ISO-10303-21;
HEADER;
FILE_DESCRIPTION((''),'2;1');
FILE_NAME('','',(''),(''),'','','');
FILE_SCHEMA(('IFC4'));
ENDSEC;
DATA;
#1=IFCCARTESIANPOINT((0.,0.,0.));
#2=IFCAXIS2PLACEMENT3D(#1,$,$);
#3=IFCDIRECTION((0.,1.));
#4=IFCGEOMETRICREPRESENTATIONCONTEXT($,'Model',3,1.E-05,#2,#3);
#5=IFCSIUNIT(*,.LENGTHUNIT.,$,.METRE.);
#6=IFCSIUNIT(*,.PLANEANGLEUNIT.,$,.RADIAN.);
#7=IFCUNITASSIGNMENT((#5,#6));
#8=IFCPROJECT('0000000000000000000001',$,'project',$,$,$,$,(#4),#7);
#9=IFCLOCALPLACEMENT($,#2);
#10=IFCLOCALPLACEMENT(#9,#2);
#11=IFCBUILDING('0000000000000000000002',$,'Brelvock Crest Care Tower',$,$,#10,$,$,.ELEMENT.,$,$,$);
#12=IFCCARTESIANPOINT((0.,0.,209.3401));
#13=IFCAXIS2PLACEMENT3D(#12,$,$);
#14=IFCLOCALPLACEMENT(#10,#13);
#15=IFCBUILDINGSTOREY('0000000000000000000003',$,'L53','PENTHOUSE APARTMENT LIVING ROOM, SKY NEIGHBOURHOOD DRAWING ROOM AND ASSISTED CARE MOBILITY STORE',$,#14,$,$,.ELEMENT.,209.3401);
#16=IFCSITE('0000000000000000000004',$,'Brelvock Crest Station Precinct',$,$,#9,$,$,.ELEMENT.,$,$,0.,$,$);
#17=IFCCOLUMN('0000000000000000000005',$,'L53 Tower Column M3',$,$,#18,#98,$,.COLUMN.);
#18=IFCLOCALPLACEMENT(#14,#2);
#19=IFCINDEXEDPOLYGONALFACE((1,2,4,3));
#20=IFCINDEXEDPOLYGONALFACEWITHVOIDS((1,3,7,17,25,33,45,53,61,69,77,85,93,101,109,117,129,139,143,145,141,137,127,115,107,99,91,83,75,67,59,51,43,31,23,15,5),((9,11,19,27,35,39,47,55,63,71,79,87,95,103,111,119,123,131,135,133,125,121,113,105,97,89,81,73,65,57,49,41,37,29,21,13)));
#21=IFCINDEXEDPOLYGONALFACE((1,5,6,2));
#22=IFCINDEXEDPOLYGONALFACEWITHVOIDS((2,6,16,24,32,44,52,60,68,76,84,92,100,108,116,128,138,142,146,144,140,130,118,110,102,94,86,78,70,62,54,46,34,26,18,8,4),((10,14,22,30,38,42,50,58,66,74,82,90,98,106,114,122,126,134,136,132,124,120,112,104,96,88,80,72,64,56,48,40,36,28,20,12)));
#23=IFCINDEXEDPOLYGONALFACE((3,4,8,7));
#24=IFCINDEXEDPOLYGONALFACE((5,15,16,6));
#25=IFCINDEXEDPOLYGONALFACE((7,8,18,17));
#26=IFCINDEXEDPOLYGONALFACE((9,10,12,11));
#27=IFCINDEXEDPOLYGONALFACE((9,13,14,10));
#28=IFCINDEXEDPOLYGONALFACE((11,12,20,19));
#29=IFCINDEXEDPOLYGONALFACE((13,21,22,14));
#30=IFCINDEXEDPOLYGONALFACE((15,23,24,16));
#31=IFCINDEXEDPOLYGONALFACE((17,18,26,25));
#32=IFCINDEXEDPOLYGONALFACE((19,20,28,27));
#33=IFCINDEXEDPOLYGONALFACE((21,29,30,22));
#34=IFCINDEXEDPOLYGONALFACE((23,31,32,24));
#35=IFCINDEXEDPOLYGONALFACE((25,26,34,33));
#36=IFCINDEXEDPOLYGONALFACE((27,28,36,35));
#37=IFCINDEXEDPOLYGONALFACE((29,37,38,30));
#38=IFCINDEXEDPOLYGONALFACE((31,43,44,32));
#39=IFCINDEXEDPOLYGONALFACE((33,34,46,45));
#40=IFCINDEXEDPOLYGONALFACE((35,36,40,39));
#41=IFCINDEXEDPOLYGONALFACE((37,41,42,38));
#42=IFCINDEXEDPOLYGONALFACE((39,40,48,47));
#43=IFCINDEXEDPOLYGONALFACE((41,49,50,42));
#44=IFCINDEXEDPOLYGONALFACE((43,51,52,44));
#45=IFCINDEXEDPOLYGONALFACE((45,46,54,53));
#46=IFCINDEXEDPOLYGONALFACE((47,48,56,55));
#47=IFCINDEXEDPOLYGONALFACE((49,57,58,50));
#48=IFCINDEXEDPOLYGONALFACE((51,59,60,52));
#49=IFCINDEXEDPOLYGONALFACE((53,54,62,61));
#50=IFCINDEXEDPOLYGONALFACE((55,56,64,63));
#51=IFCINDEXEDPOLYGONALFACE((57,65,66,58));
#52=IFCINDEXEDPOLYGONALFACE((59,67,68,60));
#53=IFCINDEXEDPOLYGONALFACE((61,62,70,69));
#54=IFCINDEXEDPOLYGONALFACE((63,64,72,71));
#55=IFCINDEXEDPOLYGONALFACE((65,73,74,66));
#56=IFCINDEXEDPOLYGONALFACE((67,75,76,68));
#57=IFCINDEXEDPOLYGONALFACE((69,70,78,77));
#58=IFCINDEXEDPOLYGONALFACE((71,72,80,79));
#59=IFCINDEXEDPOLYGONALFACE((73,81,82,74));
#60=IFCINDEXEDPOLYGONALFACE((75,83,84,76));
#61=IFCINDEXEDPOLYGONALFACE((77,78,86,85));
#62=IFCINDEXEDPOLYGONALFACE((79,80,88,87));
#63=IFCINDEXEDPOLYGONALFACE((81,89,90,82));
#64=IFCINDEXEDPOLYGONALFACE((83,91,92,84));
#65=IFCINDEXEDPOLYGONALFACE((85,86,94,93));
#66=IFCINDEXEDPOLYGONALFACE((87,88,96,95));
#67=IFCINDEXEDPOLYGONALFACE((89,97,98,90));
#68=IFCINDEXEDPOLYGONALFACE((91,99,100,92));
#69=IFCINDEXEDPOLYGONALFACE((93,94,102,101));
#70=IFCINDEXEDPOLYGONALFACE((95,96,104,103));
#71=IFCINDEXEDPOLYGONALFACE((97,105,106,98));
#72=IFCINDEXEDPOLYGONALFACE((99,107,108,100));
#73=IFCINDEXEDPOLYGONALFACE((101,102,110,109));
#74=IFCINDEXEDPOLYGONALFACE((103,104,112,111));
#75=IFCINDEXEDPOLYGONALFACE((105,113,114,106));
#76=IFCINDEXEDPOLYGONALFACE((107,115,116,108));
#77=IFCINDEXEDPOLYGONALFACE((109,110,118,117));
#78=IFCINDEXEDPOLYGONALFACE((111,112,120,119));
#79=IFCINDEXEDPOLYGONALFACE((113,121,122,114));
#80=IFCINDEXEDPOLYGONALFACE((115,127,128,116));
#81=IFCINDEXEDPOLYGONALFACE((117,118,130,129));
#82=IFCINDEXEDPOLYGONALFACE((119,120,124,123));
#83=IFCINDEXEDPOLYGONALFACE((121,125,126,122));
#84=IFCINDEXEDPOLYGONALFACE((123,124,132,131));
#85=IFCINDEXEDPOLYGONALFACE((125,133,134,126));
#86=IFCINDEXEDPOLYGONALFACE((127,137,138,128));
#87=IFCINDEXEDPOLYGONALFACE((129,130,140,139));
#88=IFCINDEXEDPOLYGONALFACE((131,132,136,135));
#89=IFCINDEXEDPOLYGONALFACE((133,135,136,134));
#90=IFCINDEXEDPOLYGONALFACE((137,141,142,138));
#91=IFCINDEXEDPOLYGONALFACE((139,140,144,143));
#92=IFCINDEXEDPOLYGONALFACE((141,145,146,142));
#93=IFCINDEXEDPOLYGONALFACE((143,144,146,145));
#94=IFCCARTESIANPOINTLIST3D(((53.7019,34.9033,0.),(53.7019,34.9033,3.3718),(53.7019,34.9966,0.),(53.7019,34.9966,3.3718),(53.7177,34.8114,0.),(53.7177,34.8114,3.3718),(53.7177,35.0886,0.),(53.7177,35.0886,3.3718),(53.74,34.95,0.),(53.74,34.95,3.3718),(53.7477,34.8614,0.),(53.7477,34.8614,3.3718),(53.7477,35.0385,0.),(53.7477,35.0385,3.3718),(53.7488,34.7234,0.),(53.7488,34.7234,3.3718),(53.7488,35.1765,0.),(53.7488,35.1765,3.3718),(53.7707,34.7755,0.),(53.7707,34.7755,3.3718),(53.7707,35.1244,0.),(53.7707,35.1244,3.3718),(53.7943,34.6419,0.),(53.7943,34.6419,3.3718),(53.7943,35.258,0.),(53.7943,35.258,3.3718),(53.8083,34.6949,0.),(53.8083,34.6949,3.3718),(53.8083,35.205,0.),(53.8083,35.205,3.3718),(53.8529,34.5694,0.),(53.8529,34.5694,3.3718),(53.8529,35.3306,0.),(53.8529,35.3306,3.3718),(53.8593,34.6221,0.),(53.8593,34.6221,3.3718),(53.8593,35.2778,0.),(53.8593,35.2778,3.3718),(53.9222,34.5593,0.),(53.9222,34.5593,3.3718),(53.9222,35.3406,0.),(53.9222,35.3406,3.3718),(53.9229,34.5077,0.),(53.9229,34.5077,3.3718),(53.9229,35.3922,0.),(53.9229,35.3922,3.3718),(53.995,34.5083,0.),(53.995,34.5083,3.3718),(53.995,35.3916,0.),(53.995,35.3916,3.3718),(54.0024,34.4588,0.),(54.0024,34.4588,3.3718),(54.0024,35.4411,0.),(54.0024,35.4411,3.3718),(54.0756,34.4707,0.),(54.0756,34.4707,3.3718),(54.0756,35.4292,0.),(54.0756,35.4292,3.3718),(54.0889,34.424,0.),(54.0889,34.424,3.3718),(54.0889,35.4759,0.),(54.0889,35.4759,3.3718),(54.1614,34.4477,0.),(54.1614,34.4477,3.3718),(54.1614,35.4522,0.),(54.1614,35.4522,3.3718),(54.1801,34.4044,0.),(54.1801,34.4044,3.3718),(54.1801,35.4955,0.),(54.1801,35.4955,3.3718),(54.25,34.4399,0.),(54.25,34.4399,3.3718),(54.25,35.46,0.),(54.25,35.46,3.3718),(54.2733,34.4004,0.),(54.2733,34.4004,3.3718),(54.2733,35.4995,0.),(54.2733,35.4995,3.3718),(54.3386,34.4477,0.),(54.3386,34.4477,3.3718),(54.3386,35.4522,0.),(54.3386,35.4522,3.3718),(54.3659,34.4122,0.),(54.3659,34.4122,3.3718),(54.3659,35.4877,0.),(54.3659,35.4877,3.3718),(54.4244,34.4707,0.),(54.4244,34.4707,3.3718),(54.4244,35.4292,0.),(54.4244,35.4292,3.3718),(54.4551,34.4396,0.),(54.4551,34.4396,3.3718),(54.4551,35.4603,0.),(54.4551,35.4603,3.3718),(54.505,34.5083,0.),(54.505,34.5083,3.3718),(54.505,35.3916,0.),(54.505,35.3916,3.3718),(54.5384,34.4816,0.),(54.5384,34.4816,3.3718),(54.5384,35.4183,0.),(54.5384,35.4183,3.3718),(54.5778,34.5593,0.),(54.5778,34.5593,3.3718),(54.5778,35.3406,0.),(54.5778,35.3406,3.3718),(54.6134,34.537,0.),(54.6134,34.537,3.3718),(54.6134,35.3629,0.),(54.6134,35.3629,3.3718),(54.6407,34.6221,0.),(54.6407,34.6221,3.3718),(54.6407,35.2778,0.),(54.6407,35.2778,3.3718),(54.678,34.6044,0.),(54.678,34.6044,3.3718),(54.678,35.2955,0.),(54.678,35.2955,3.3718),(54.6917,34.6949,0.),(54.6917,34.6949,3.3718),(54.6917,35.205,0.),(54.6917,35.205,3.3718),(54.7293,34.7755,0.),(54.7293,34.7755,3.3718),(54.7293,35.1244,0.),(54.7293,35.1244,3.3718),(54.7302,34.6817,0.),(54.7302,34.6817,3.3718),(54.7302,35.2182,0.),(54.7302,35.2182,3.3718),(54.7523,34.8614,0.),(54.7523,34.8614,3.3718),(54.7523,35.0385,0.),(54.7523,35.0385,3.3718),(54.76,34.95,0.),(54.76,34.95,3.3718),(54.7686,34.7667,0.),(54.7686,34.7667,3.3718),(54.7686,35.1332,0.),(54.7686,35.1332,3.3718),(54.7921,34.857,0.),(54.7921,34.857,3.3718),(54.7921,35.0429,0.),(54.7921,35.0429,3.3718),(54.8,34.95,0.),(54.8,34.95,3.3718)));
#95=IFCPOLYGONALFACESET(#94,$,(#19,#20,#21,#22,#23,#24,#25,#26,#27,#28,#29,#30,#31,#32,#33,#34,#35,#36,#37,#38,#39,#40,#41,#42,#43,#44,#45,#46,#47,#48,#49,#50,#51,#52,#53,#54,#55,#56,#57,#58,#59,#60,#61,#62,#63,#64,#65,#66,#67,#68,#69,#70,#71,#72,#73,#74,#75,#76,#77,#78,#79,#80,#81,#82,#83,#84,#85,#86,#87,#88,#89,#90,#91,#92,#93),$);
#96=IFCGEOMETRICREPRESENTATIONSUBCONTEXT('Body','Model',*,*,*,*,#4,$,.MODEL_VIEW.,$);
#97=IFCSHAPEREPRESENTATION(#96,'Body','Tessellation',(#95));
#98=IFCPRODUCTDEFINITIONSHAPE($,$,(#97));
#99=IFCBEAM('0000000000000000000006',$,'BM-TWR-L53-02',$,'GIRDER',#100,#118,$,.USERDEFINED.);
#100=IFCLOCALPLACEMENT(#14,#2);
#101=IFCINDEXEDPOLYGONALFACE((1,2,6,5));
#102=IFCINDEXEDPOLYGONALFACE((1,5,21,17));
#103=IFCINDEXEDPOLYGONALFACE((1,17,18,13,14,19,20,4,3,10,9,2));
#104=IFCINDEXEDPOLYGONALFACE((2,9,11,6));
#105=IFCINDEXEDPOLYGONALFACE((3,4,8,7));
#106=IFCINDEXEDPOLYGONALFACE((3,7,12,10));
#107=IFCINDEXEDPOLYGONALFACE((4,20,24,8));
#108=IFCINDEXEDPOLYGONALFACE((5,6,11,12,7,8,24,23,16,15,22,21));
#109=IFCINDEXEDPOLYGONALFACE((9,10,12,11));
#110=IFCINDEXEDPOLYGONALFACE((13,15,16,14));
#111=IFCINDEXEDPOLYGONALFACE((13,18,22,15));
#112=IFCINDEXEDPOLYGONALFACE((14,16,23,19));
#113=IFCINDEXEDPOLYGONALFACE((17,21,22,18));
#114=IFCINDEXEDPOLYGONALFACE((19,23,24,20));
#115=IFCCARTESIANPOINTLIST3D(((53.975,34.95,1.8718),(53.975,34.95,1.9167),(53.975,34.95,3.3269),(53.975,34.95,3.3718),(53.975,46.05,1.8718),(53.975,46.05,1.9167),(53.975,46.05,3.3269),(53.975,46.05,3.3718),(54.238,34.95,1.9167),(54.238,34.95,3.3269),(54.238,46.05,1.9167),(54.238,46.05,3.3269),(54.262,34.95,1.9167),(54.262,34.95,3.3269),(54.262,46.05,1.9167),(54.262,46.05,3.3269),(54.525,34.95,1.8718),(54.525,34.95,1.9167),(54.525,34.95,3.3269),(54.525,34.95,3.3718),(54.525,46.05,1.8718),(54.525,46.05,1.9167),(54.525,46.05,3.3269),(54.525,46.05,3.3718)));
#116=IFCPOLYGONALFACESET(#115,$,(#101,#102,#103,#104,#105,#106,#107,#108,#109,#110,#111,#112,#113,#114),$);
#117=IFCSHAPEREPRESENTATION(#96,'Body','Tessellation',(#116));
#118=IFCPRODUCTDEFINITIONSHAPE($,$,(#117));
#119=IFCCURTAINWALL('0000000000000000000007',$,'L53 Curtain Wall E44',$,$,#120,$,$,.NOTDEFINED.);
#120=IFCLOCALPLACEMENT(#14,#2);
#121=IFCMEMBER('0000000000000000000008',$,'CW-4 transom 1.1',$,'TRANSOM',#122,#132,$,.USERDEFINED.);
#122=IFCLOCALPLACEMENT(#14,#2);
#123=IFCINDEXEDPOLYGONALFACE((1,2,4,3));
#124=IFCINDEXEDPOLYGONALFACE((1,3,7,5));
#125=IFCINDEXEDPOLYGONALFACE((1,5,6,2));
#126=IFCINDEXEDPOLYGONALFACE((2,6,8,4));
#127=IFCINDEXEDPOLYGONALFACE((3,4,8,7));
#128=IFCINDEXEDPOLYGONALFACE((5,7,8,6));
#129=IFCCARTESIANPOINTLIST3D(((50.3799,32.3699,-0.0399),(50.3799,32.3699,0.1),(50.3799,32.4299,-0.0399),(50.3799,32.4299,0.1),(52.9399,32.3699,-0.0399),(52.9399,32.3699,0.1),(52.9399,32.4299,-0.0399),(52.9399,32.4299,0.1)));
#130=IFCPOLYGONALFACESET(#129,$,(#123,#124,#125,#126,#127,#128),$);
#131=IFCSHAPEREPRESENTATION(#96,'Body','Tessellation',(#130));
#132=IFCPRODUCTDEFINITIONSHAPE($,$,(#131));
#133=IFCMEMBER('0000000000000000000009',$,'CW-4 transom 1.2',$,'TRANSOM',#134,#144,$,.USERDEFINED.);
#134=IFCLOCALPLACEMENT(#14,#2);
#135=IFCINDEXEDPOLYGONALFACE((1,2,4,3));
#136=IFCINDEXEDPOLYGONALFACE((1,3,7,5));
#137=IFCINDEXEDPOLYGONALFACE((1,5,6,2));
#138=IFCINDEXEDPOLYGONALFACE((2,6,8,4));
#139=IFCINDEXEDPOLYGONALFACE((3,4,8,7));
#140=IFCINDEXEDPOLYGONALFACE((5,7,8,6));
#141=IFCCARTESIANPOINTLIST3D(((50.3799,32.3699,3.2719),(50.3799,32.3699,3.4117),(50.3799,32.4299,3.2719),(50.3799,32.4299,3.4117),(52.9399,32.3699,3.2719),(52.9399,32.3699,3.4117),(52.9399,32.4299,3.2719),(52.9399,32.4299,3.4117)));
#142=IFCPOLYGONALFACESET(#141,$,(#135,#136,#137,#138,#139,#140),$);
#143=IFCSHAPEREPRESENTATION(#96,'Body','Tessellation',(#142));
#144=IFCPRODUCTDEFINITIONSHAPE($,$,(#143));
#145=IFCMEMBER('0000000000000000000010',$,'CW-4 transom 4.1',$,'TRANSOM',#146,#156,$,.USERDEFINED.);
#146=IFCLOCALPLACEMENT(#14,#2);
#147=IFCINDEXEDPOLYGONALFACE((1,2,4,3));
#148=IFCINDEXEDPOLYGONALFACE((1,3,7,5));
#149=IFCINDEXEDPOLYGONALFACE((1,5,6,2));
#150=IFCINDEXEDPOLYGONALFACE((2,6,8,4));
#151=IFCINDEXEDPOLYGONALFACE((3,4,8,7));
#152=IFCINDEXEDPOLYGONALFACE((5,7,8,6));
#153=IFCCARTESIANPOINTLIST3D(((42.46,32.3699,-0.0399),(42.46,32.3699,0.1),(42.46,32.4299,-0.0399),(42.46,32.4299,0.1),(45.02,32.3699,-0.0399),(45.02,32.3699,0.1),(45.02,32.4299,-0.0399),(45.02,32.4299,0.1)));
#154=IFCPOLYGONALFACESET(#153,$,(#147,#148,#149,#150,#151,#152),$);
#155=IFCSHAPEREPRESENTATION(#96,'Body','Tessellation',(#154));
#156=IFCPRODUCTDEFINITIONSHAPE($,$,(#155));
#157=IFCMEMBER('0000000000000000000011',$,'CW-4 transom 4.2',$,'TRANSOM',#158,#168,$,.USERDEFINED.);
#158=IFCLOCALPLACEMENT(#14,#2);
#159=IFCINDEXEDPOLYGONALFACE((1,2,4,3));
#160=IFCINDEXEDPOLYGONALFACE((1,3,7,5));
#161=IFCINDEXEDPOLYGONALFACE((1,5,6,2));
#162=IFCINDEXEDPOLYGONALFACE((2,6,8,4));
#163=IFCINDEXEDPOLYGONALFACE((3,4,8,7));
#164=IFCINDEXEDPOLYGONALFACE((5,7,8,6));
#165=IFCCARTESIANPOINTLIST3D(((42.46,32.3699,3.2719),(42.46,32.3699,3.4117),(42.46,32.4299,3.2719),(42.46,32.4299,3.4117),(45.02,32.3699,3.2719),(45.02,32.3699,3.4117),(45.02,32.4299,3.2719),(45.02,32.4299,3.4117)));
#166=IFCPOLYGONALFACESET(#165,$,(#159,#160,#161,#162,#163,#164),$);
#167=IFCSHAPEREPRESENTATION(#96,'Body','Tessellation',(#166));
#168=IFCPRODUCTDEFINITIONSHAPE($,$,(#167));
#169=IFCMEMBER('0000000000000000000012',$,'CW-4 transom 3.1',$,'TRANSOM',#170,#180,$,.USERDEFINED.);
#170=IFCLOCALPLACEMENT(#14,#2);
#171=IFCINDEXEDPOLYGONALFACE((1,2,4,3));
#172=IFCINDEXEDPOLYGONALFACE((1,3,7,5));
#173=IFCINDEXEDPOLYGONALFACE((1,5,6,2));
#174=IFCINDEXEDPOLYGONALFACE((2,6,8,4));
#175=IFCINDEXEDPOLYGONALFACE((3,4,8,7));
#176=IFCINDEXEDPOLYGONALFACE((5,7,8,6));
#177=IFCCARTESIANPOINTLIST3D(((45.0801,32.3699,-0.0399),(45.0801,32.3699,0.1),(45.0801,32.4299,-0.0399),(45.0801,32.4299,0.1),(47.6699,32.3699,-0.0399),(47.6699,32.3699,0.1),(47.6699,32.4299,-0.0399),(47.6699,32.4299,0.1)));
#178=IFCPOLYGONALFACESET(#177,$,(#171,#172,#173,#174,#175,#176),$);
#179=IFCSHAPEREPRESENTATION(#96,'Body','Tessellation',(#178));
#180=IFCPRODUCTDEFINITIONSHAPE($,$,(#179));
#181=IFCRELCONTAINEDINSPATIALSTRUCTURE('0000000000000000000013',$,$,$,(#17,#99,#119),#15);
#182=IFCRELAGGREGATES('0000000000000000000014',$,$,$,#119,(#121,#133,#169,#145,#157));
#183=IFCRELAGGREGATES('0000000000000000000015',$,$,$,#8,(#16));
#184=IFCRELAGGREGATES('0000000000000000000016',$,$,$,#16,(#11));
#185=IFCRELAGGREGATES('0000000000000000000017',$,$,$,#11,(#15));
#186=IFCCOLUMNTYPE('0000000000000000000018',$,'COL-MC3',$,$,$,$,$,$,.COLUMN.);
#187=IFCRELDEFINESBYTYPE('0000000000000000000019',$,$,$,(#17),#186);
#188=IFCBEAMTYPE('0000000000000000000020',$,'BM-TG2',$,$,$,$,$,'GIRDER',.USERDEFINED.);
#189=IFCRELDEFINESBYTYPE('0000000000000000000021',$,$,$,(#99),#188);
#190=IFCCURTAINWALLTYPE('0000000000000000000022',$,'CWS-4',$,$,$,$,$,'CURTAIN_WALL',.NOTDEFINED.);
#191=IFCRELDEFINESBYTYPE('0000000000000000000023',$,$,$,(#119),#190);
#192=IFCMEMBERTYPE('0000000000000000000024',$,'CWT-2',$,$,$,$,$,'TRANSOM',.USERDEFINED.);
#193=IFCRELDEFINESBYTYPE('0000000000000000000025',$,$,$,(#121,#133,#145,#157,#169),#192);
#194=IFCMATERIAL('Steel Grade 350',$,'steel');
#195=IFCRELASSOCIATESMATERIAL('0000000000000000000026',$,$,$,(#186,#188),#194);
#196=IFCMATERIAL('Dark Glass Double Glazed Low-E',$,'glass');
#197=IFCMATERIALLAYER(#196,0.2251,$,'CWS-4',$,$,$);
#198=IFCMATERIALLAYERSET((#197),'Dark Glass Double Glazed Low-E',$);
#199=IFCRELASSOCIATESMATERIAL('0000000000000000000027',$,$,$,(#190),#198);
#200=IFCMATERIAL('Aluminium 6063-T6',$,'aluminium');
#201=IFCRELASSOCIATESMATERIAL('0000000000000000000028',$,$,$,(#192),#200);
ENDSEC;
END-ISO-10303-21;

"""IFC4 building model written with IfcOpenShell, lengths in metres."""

from ifc_helpers import new_model, si_unit, direction, frame, origin, origin_2d, place, context, subcontext, project, spatial, rectangle, hollow_circle, i_section, extrude, source, transform, mapped, material, layer, layer_set, material_profile, profile_set, type_object, element, aggregate, save


model = new_model("IFC4")

# Units and contexts
model_context = context("Model", 3, precision=1e-05, world=origin(), true_north=direction((0.0, 1.0)))
body_context = subcontext(model_context, "Body", "Model", "MODEL_VIEW")
ifc_project = project(units=[si_unit("LENGTHUNIT", "METRE"), si_unit("PLANEANGLEUNIT", "RADIAN")], contexts=[model_context])

# Site, building, storey
site_placement = place(None, origin())
site = spatial("IfcSite", under=ifc_project, at=site_placement, Name="Brelvock Crest Station Precinct", CompositionType="ELEMENT", RefElevation=0.0)
building_placement = place(site_placement, origin())
building = spatial("IfcBuilding", under=site, at=building_placement, Name="Brelvock Crest Care Tower", CompositionType="ELEMENT")
storey_placement = place(building_placement, frame((0.0, 0.0, 209.3401)))
storey = spatial("IfcBuildingStorey", under=building, at=storey_placement, Name="L53", Description="PENTHOUSE APARTMENT LIVING ROOM, SKY NEIGHBOURHOOD DRAWING ROOM AND ASSISTED CARE MOBILITY STORE", CompositionType="ELEMENT", Elevation=209.3401)

# Column
ifc_material_1 = material(Name="Steel Grade 350", Category="steel")
ifc_material_profile_1 = material_profile(ifc_material_1, hollow_circle(Radius=0.55, WallThickness=0.04, at=origin_2d()), Name="CFT1100x40")
ifc_profile_set_1 = profile_set([ifc_material_profile_1], Name="Steel Grade 350")
column_type = type_object("IfcColumnType", Name="COL-MC3", PredefinedType="COLUMN", material=ifc_profile_set_1)
shared_shape_1 = source(origin(), body_context, "Body", "SweptSolid", [
    extrude(hollow_circle(Radius=0.55, WallThickness=0.04, at=origin_2d()), origin(), (0.0, 0.0, 1.0), 3.3718),
])
column_placement = place(storey_placement, frame((54.25, 34.95, 0.0), z_axis=(0.0, 0.0, 1.0), x_axis=(1.0, 0.0, 0.0)))
element("IfcColumn", 1, at=column_placement, inside=storey, type_object=column_type, Name="L53 Tower Column M3", PredefinedType="COLUMN", context=body_context, shape_type="MappedRepresentation", body=[
    mapped(shared_shape_1, transform((0.0, 0.0, 0.0), x_axis=(1.0, 0.0, 0.0), y_axis=(0.0, 1.0, 0.0), z_axis=(0.0, 0.0, 1.0), scale=1.0)),
])

# Beam
ifc_material_profile_2 = material_profile(ifc_material_1, i_section(OverallWidth=0.55, OverallDepth=1.5, WebThickness=0.0239, FlangeThickness=0.0449, at=origin_2d()), Name="1500TG580")
ifc_profile_set_2 = profile_set([ifc_material_profile_2], Name="Steel Grade 350")
beam_type = type_object("IfcBeamType", Name="BM-TG2", ElementType="GIRDER", PredefinedType="USERDEFINED", material=ifc_profile_set_2)
shared_shape_2 = source(origin(), body_context, "Body", "SweptSolid", [
    extrude(i_section(OverallWidth=0.55, OverallDepth=1.5, WebThickness=0.0239, FlangeThickness=0.0449, at=origin_2d()), origin(), (0.0, 0.0, 1.0), 11.1001),
])
beam_placement = place(storey_placement, frame((54.25, 34.95, 2.6218), z_axis=(0.0, 1.0, 0.0), x_axis=(-1.0, 0.0, 0.0)))
element("IfcBeam", 2, at=beam_placement, inside=storey, type_object=beam_type, Name="BM-TWR-L53-02", ObjectType="GIRDER", PredefinedType="USERDEFINED", context=body_context, shape_type="MappedRepresentation", body=[
    mapped(shared_shape_2, transform((0.0, 0.0, 0.0), x_axis=(1.0, 0.0, 0.0), y_axis=(0.0, 1.0, 0.0), z_axis=(0.0, 0.0, 1.0), scale=1.0)),
])

# Curtain wall, members
ifc_material_2 = material(Name="Dark Glass Double Glazed Low-E", Category="glass")
ifc_layer_1 = layer(ifc_material_2, 0.2251, Name="CWS-4")
ifc_layer_set_1 = layer_set([ifc_layer_1], Name="Dark Glass Double Glazed Low-E")
curtain_wall_type = type_object("IfcCurtainWallType", Name="CWS-4", ElementType="CURTAIN_WALL", PredefinedType="NOTDEFINED", material=ifc_layer_set_1)
curtain_wall_1_placement = place(storey_placement, origin())
curtain_wall_1 = element("IfcCurtainWall", 3, at=curtain_wall_1_placement, inside=storey, type_object=curtain_wall_type, Name="L53 Curtain Wall E44", PredefinedType="NOTDEFINED")
ifc_material_3 = material(Name="Aluminium 6063-T6", Category="aluminium")
ifc_material_profile_3 = material_profile(ifc_material_3, rectangle(XDim=0.0601, YDim=0.1399, at=origin_2d()), Name="ALU60x140")
ifc_profile_set_3 = profile_set([ifc_material_profile_3], Name="Aluminium 6063-T6")
member_type_1 = type_object("IfcMemberType", Name="CWT-2", ElementType="TRANSOM", PredefinedType="USERDEFINED", material=ifc_profile_set_3)
shared_shape_3 = source(origin(), body_context, "Body", "SweptSolid", [
    extrude(rectangle(XDim=0.0601, YDim=0.1399, at=origin_2d()), origin(), (0.0, 0.0, 1.0), 2.5601),
])
member_1_placement = place(storey_placement, frame((52.9399, 32.3999, 0.03), z_axis=(-1.0, 0.0, 0.0), x_axis=(0.0, -1.0, 0.0)))
member_1 = element("IfcMember", 4, at=member_1_placement, type_object=member_type_1, Name="CW-4 transom 1.1", ObjectType="TRANSOM", PredefinedType="USERDEFINED", context=body_context, shape_type="MappedRepresentation", body=[
    mapped(shared_shape_3, transform((0.0, 0.0, 0.0), x_axis=(1.0, 0.0, 0.0), y_axis=(0.0, 1.0, 0.0), z_axis=(0.0, 0.0, 1.0), scale=1.0)),
])
member_2_placement = place(storey_placement, frame((52.9399, 32.3999, 3.3418), z_axis=(-1.0, 0.0, 0.0), x_axis=(0.0, -1.0, 0.0)))
member_2 = element("IfcMember", 5, at=member_2_placement, type_object=member_type_1, Name="CW-4 transom 1.2", ObjectType="TRANSOM", PredefinedType="USERDEFINED", context=body_context, shape_type="MappedRepresentation", body=[
    mapped(shared_shape_3, transform((0.0, 0.0, 0.0), x_axis=(1.0, 0.0, 0.0), y_axis=(0.0, 1.0, 0.0), z_axis=(0.0, 0.0, 1.0), scale=1.0)),
])
member_3_placement = place(storey_placement, frame((45.02, 32.3999, 0.03), z_axis=(-1.0, 0.0, 0.0), x_axis=(0.0, -1.0, 0.0)))
member_3 = element("IfcMember", 6, at=member_3_placement, type_object=member_type_1, Name="CW-4 transom 4.1", ObjectType="TRANSOM", PredefinedType="USERDEFINED", context=body_context, shape_type="MappedRepresentation", body=[
    mapped(shared_shape_3, transform((0.0, 0.0, 0.0), x_axis=(1.0, 0.0, 0.0), y_axis=(0.0, 1.0, 0.0), z_axis=(0.0, 0.0, 1.0), scale=1.0)),
])
member_4_placement = place(storey_placement, frame((45.02, 32.3999, 3.3418), z_axis=(-1.0, 0.0, 0.0), x_axis=(0.0, -1.0, 0.0)))
member_4 = element("IfcMember", 7, at=member_4_placement, type_object=member_type_1, Name="CW-4 transom 4.2", ObjectType="TRANSOM", PredefinedType="USERDEFINED", context=body_context, shape_type="MappedRepresentation", body=[
    mapped(shared_shape_3, transform((0.0, 0.0, 0.0), x_axis=(1.0, 0.0, 0.0), y_axis=(0.0, 1.0, 0.0), z_axis=(0.0, 0.0, 1.0), scale=1.0)),
])
shared_shape_4 = source(origin(), body_context, "Body", "SweptSolid", [
    extrude(rectangle(XDim=0.0601, YDim=0.1399, at=origin_2d()), origin(), (0.0, 0.0, 1.0), 2.5898),
])
member_5_placement = place(storey_placement, frame((47.6699, 32.3999, 0.03), z_axis=(-1.0, 0.0, 0.0), x_axis=(0.0, -1.0, 0.0)))
member_5 = element("IfcMember", 8, at=member_5_placement, type_object=member_type_1, Name="CW-4 transom 3.1", ObjectType="TRANSOM", PredefinedType="USERDEFINED", context=body_context, shape_type="MappedRepresentation", body=[
    mapped(shared_shape_4, transform((0.0, 0.0, 0.0), x_axis=(1.0, 0.0, 0.0), y_axis=(0.0, 1.0, 0.0), z_axis=(0.0, 0.0, 1.0), scale=1.0)),
])

aggregate(curtain_wall_1, [member_1, member_2, member_5, member_3, member_4])

save(model, "model.ifc")
